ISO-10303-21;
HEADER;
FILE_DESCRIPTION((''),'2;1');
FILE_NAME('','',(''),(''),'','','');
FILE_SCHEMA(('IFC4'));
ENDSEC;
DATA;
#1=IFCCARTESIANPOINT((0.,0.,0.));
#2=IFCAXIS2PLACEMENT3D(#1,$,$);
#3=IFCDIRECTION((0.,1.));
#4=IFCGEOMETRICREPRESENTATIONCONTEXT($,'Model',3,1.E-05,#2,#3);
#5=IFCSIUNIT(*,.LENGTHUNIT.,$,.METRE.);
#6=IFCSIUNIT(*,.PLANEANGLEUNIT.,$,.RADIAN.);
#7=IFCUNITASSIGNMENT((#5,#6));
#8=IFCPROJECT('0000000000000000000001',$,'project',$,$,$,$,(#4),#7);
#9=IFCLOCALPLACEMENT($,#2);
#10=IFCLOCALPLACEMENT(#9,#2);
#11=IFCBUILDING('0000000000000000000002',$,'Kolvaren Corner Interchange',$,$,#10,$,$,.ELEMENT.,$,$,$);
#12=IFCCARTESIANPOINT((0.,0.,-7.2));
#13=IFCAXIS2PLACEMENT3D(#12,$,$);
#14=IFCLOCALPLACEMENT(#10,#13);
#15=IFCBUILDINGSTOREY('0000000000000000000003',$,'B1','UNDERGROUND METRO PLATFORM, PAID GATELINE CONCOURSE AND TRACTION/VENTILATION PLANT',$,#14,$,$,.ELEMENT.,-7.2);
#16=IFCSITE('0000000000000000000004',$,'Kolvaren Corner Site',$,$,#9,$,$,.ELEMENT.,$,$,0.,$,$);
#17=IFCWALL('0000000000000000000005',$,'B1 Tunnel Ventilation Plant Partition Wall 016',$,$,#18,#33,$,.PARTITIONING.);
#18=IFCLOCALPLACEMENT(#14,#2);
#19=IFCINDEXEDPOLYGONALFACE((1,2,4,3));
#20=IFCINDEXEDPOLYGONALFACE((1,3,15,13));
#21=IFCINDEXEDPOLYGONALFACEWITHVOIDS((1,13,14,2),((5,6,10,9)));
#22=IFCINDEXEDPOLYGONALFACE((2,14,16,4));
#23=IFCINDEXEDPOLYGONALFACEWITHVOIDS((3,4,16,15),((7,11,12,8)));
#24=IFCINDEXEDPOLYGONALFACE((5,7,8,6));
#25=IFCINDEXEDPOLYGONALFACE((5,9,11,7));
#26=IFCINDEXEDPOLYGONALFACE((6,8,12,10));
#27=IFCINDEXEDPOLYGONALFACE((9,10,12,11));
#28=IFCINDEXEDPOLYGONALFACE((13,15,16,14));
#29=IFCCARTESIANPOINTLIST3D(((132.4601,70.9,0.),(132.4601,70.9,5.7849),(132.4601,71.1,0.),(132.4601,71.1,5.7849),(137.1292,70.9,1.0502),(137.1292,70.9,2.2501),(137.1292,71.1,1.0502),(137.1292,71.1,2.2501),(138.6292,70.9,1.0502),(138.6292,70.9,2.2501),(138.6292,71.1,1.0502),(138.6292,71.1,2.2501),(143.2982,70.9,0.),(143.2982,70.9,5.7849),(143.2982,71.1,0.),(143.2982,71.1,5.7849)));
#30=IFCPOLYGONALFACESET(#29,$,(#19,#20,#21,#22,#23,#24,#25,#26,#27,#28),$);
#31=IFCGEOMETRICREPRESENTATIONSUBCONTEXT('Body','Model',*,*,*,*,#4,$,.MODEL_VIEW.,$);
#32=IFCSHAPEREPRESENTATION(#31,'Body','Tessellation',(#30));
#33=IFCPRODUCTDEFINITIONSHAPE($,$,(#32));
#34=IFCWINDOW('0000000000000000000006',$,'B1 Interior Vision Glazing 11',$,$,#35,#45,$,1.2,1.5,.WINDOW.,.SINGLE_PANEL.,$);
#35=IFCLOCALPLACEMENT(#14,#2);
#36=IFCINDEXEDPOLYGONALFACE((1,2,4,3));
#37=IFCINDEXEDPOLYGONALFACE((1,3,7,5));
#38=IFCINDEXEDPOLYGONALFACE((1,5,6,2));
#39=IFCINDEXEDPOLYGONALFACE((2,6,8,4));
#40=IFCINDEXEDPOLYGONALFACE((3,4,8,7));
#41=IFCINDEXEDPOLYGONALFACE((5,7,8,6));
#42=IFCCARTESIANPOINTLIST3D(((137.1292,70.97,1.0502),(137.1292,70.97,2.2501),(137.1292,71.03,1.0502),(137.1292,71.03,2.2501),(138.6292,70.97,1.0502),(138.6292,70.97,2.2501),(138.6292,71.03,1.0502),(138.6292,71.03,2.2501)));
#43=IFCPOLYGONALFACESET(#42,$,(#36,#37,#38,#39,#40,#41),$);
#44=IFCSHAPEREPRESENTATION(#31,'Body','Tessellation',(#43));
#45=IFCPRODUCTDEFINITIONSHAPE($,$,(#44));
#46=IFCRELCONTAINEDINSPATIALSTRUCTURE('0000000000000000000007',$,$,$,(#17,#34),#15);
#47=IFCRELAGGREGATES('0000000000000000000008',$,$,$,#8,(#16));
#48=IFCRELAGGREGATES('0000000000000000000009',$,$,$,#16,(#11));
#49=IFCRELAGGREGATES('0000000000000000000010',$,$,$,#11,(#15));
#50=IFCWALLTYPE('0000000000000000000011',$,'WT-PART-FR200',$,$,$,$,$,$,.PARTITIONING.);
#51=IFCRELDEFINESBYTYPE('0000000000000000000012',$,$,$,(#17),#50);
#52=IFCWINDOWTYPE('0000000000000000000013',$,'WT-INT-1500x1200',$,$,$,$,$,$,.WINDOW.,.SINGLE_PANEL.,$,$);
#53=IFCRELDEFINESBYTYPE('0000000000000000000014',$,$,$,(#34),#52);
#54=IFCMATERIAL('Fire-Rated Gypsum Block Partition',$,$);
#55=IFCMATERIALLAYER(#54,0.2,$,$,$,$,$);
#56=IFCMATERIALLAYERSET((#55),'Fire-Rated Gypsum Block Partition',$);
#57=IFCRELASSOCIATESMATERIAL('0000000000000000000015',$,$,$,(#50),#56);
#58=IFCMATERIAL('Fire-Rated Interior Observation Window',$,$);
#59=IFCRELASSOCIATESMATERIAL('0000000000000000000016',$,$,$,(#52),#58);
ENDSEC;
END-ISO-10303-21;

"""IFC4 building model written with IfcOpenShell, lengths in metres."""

from ifc_helpers import new_model, si_unit, direction, frame, frame_2d, origin, place, context, subcontext, project, spatial, rectangle, extrude, material, layer, layer_set, type_object, element, fill, save


model = new_model("IFC4")

# Units and contexts
model_context = context("Model", 3, precision=1e-05, world=origin(), true_north=direction((0.0, 1.0)))
body_context = subcontext(model_context, "Body", "Model", "MODEL_VIEW")
ifc_project = project(units=[si_unit("LENGTHUNIT", "METRE"), si_unit("PLANEANGLEUNIT", "RADIAN")], contexts=[model_context])

# Site, building, storey
site_placement = place(None, origin())
site = spatial("IfcSite", under=ifc_project, at=site_placement, Name="Kolvaren Corner Site", CompositionType="ELEMENT", RefElevation=0.0)
building_placement = place(site_placement, origin())
building = spatial("IfcBuilding", under=site, at=building_placement, Name="Kolvaren Corner Interchange", CompositionType="ELEMENT")
storey_placement = place(building_placement, frame((0.0, 0.0, -7.2)))
storey = spatial("IfcBuildingStorey", under=building, at=storey_placement, Name="B1", Description="UNDERGROUND METRO PLATFORM, PAID GATELINE CONCOURSE AND TRACTION/VENTILATION PLANT", CompositionType="ELEMENT", Elevation=-7.2)

# Wall, opening, window
ifc_material_1 = material(Name="Fire-Rated Gypsum Block Partition")
ifc_layer = layer(ifc_material_1, 0.2)
ifc_layer_set = layer_set([ifc_layer], Name="Fire-Rated Gypsum Block Partition")
wall_type = type_object("IfcWallType", Name="WT-PART-FR200", PredefinedType="PARTITIONING", material=ifc_layer_set)
wall_placement = place(storey_placement, frame((143.2981, 71.0, 0.0), z_axis=(0.0, 0.0, 1.0), x_axis=(-1.0, 0.0, 0.0)))
wall = element("IfcWall", 1, at=wall_placement, inside=storey, type_object=wall_type, Name="B1 Tunnel Ventilation Plant Partition Wall 016", PredefinedType="PARTITIONING", context=body_context, shape_type="SweptSolid", body=[
    extrude(rectangle(XDim=10.8381, YDim=0.2, at=frame_2d((5.4189, 0.0))), origin(), (0.0, 0.0, 1.0), 5.7849),
])
opening_placement = place(wall_placement, frame((4.6689, 0.0, 1.05)))
opening = element("IfcOpeningElement", 2, at=opening_placement, cuts=wall, PredefinedType="OPENING", context=body_context, shape_type="SweptSolid", body=[
    extrude(rectangle(XDim=1.5, YDim=1.2, at=frame_2d((0.75, 0.6001))), frame((0.0, 0.1099, 0.0), z_axis=(0.0, -1.0, 0.0), x_axis=(1.0, 0.0, 0.0)), (0.0, 0.0, 1.0), 0.22),
])
ifc_material_2 = material(Name="Fire-Rated Interior Observation Window")
window_type = type_object("IfcWindowType", Name="WT-INT-1500x1200", PartitioningType="SINGLE_PANEL", PredefinedType="WINDOW", material=ifc_material_2)
window_placement = place(opening_placement, origin())
window = element("IfcWindow", 3, at=window_placement, inside=storey, type_object=window_type, Name="B1 Interior Vision Glazing 11", OverallHeight=1.2, OverallWidth=1.5, PartitioningType="SINGLE_PANEL", PredefinedType="WINDOW", context=body_context, shape_type="SweptSolid", body=[
    extrude(rectangle(XDim=1.5, YDim=1.2, at=frame_2d((0.75, 0.6001))), frame((0.0, 0.03, 0.0), z_axis=(0.0, -1.0, 0.0), x_axis=(1.0, 0.0, 0.0)), (0.0, 0.0, 1.0), 0.0601),
])
fill(opening, window)

save(model, "model.ifc")
